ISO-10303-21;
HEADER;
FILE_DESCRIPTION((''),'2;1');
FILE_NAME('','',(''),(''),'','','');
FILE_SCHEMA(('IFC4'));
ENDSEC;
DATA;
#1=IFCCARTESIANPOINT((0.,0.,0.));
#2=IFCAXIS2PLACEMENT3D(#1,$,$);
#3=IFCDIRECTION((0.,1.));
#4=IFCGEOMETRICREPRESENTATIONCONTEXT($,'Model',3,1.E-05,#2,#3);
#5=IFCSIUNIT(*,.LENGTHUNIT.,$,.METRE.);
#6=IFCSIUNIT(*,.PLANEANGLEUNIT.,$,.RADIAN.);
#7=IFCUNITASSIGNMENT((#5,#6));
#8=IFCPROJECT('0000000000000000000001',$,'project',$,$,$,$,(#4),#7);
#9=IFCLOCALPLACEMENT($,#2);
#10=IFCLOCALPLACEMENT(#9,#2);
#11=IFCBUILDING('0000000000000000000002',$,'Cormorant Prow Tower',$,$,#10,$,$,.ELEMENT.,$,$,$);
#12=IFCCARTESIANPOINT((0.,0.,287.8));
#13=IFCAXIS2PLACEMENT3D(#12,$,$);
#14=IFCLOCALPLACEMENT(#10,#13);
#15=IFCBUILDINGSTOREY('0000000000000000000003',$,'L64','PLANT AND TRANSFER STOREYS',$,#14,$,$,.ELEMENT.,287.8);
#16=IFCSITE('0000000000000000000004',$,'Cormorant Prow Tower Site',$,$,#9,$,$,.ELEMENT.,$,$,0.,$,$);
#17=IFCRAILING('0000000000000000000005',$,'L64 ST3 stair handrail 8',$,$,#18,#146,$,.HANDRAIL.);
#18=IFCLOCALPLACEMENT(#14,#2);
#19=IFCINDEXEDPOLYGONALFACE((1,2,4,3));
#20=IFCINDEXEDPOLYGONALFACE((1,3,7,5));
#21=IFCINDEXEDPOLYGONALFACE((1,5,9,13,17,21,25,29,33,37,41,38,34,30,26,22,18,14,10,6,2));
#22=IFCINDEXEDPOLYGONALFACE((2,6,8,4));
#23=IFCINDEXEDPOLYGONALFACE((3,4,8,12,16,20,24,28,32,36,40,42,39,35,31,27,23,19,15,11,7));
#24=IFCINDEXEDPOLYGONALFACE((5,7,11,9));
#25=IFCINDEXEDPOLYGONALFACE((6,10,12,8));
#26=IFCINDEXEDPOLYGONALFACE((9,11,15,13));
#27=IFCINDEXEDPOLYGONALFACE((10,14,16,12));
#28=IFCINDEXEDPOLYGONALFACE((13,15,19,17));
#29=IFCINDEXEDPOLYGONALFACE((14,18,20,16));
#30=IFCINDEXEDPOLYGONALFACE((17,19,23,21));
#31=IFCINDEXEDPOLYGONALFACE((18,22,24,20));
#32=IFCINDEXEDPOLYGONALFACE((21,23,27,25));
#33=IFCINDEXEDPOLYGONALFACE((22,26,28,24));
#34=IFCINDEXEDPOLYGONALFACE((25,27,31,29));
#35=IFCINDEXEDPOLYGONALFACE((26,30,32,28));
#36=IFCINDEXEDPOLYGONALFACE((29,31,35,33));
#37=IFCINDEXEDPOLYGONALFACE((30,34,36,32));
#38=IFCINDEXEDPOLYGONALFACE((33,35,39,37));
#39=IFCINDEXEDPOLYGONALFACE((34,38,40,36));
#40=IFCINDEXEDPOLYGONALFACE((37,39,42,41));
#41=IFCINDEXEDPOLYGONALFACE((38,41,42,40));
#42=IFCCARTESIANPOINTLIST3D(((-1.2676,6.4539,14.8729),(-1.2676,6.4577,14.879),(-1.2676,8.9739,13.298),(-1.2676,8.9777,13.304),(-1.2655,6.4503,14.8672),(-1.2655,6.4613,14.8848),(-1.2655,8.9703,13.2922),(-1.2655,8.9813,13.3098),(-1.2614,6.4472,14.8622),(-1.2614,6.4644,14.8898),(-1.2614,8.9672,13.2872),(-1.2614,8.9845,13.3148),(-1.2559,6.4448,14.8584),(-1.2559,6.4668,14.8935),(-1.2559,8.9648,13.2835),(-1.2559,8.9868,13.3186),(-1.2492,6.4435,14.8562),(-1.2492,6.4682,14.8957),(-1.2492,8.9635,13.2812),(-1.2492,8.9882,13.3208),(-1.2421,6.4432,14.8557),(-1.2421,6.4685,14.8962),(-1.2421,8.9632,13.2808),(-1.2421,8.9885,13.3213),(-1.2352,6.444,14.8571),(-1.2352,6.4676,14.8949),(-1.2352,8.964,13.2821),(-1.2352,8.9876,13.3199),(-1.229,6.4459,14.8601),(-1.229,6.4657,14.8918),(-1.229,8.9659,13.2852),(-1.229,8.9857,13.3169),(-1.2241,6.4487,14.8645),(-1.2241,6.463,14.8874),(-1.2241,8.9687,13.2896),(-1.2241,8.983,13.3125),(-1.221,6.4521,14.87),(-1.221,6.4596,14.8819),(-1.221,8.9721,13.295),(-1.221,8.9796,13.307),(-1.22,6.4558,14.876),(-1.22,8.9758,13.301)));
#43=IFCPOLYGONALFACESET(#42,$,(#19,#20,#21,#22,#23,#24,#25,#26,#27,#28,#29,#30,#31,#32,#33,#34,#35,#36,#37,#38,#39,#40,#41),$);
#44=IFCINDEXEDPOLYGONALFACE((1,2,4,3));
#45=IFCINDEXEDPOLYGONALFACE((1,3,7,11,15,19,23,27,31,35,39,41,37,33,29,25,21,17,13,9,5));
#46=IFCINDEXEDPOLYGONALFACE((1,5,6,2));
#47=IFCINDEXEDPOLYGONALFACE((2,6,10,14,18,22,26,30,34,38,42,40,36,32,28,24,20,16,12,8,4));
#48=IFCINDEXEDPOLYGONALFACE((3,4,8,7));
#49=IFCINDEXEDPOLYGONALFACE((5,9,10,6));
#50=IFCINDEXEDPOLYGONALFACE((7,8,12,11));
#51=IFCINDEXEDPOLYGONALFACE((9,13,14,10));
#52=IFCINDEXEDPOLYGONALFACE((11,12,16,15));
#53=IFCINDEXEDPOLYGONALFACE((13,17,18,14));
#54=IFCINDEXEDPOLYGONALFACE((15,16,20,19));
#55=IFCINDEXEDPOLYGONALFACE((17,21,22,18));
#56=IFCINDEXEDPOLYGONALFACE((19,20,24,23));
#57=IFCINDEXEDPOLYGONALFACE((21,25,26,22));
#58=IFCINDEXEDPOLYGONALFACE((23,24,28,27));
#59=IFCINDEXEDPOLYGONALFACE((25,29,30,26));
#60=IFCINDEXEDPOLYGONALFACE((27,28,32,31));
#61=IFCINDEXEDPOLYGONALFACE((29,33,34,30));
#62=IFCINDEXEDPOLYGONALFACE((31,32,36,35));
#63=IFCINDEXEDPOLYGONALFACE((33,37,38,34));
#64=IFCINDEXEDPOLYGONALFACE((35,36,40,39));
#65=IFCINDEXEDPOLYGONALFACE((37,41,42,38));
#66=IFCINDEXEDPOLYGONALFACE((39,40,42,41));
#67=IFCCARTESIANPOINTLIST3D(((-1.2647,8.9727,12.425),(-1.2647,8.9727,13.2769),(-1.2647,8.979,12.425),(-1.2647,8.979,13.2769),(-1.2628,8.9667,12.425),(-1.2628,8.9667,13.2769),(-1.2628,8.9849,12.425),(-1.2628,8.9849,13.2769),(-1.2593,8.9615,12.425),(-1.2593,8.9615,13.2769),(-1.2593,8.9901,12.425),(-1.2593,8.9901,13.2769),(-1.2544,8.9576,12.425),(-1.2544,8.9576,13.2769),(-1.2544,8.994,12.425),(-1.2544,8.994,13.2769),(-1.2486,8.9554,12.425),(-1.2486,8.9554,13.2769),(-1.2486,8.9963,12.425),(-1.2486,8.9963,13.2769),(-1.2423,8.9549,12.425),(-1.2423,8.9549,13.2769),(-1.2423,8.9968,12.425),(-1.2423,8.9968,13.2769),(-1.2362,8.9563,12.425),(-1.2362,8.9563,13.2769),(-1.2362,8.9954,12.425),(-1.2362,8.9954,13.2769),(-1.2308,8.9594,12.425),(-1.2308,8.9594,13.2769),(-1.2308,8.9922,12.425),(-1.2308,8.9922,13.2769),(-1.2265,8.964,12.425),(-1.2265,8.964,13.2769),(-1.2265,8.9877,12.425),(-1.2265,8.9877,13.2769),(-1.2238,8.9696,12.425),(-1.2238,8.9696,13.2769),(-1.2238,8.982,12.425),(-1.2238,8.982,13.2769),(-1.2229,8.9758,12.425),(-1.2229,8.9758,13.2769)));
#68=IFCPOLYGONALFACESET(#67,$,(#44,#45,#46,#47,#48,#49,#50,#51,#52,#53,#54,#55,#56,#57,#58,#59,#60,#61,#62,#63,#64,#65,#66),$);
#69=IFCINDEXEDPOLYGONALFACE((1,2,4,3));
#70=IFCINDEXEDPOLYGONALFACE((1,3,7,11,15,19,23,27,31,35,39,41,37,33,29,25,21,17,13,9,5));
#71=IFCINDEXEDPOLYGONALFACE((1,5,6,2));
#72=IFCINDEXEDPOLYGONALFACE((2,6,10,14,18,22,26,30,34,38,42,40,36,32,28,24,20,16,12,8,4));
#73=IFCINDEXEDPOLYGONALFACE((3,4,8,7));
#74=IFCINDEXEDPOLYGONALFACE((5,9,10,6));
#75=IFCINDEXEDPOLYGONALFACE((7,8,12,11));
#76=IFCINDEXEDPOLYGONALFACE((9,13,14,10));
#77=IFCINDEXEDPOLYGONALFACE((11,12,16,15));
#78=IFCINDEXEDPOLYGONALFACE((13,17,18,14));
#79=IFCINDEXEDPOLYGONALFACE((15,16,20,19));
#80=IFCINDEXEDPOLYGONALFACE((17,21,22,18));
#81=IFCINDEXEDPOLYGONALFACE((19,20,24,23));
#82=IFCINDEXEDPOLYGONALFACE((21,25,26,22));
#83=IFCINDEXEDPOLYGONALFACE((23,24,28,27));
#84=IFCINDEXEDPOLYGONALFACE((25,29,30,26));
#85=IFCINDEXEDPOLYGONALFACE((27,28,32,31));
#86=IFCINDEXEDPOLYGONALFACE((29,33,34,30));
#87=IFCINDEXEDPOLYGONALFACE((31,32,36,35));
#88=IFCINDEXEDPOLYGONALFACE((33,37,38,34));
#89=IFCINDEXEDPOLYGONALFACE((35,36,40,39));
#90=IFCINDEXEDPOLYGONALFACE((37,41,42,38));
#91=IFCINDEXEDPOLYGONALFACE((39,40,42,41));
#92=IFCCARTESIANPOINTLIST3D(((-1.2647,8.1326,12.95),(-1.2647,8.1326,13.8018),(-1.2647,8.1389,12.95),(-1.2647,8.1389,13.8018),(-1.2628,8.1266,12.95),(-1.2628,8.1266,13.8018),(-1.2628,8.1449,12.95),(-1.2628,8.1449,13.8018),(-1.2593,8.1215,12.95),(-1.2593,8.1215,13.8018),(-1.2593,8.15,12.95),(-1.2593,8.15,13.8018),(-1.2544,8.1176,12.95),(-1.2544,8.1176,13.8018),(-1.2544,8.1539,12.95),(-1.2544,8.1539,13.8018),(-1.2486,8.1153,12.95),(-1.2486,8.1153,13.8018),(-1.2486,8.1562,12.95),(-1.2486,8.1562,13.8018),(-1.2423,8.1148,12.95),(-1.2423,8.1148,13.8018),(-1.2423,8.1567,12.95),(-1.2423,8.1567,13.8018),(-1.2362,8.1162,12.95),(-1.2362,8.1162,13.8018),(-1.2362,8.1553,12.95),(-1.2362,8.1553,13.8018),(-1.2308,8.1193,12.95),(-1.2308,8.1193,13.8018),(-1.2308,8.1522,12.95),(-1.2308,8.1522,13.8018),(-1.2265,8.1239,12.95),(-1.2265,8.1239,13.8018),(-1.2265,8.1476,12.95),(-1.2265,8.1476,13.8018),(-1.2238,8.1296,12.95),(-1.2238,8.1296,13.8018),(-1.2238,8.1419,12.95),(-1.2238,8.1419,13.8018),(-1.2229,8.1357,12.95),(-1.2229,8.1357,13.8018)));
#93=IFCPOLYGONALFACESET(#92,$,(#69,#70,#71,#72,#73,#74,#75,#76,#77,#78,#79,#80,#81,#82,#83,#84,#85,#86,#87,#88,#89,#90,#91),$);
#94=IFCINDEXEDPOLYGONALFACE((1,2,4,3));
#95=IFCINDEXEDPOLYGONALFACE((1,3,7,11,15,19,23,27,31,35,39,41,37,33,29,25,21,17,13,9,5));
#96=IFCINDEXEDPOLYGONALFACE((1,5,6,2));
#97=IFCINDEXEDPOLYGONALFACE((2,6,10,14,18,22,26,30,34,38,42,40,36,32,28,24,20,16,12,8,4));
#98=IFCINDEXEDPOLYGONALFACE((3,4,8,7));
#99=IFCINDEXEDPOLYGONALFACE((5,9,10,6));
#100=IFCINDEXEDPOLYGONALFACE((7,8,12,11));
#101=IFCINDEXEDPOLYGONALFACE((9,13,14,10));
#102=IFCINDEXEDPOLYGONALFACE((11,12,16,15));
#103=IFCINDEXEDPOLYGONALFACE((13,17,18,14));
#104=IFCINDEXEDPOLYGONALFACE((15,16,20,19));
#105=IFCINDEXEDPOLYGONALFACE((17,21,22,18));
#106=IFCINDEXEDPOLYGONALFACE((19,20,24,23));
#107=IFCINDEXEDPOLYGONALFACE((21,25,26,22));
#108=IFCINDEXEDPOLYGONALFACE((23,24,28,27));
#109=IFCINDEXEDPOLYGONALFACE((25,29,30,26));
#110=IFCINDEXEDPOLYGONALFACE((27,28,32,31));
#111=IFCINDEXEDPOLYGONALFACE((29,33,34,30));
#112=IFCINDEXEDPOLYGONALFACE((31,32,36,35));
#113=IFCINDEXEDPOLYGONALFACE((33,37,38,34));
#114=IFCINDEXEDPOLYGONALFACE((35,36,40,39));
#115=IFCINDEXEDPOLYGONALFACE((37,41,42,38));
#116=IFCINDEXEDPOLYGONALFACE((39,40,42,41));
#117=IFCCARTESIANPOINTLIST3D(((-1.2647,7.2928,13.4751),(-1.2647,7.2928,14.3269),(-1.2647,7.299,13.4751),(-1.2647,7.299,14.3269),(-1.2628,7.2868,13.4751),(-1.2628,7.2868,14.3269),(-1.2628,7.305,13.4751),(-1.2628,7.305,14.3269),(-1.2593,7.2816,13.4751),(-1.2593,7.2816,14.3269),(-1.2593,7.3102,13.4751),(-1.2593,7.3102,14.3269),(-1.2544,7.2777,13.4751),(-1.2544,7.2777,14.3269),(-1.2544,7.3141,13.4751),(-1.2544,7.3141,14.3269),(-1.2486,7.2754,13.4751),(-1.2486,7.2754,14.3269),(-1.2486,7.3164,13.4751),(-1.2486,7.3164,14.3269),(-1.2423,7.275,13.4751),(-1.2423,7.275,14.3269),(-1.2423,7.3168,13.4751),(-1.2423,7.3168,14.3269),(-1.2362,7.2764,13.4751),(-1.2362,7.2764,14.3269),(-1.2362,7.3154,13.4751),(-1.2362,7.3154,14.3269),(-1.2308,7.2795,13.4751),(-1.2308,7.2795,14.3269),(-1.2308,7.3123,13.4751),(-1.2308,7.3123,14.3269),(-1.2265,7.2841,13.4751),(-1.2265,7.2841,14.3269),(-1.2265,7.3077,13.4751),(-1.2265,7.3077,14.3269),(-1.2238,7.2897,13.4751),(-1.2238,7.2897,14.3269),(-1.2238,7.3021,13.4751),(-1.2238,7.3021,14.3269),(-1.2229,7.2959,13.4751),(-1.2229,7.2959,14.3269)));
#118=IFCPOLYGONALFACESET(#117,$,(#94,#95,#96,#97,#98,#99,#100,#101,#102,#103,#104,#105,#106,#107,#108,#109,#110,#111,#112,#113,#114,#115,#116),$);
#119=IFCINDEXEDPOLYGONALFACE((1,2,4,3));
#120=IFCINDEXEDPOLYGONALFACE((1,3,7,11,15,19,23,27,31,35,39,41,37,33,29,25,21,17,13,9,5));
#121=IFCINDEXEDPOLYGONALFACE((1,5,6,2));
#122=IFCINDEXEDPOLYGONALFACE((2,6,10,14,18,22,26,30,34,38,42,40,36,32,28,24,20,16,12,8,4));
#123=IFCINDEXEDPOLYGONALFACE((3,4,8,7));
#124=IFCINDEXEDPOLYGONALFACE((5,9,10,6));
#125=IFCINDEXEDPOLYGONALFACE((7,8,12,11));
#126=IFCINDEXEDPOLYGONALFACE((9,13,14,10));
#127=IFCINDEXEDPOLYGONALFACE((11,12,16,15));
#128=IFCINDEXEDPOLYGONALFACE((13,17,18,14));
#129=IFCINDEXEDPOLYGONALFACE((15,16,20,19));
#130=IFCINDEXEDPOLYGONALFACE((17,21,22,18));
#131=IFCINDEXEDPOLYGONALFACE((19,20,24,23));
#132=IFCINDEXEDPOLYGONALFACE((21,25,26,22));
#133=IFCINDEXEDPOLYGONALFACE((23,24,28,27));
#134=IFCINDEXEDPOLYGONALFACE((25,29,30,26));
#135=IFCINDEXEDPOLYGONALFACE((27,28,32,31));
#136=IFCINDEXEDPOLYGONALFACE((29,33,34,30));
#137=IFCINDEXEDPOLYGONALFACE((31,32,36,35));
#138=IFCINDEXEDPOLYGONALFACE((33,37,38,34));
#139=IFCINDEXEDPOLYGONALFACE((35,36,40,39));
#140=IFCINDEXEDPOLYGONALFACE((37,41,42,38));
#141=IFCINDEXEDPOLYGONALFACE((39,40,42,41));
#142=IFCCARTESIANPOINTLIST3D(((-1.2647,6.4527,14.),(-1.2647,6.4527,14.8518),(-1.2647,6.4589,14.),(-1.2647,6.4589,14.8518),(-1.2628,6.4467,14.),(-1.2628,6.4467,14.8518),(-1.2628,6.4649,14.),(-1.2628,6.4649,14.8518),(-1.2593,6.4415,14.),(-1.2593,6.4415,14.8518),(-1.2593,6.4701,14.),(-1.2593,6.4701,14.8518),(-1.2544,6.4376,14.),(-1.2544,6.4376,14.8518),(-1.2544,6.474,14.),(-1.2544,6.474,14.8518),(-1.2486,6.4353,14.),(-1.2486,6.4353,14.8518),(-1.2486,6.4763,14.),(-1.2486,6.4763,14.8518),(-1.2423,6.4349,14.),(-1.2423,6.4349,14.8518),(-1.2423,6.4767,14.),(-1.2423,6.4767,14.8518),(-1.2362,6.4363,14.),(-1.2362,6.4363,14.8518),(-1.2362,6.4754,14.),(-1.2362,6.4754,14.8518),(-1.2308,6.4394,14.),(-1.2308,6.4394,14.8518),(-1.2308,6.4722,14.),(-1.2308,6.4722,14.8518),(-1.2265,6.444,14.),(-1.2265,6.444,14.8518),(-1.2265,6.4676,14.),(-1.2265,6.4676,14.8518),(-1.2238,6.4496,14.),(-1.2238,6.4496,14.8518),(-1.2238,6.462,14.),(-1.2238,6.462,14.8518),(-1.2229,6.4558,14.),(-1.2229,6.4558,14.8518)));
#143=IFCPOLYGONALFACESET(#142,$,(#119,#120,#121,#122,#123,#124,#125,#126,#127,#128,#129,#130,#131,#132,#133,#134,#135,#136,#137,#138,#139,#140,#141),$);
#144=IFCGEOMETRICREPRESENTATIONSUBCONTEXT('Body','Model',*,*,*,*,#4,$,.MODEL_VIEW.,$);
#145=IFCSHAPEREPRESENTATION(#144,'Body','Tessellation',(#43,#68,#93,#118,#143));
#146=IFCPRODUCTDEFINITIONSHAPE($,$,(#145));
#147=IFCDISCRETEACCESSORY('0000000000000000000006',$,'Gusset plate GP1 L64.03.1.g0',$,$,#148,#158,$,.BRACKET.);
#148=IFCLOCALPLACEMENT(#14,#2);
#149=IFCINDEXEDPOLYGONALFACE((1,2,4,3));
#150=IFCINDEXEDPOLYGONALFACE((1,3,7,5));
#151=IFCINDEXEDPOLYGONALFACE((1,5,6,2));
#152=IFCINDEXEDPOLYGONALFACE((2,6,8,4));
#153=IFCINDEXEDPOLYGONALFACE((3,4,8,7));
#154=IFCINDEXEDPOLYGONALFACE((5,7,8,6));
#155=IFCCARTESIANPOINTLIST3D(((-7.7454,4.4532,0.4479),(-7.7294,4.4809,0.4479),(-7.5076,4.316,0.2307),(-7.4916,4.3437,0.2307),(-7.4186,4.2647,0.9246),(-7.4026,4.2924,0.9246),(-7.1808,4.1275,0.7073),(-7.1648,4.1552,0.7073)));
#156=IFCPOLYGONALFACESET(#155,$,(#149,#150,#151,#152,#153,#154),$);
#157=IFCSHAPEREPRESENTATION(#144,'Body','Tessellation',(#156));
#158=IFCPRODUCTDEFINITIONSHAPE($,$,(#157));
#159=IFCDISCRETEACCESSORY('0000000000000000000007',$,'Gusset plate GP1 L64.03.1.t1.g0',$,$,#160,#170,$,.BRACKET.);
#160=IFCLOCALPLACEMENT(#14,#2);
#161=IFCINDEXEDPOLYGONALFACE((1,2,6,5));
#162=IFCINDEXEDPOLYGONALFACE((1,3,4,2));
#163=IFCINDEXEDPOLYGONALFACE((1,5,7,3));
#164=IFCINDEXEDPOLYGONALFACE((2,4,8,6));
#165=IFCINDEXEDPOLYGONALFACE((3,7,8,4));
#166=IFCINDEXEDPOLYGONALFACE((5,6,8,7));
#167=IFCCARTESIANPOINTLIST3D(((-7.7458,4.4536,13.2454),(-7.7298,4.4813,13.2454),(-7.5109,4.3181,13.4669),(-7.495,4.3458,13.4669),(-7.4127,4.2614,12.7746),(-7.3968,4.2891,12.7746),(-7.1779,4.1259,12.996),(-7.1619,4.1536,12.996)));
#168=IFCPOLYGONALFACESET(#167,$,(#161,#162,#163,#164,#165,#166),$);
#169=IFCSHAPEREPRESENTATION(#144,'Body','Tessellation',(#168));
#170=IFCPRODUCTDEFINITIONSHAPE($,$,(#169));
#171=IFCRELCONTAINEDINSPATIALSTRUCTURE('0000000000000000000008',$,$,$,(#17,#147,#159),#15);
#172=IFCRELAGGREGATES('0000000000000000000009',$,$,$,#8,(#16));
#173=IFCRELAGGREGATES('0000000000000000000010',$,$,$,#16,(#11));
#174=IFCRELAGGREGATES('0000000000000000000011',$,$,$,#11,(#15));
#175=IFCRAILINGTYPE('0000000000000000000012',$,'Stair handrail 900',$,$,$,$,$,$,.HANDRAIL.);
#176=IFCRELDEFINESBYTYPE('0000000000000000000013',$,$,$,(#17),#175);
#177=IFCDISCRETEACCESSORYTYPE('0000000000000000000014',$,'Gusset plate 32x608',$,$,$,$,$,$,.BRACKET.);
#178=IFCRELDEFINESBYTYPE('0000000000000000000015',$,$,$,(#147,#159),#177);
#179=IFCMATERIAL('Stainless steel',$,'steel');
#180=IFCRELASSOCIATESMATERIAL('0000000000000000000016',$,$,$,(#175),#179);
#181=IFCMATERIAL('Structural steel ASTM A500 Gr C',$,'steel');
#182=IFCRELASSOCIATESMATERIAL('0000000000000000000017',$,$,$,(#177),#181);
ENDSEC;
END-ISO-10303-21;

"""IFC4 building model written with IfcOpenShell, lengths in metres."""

from ifc_helpers import new_model, si_unit, direction, frame, origin, origin_2d, place, context, subcontext, project, spatial, rectangle, circle, extrude, material, material_profile, profile_set, type_object, element, save


model = new_model("IFC4")

# Units and contexts
model_context = context("Model", 3, precision=1e-05, world=origin(), true_north=direction((0.0, 1.0)))
body_context = subcontext(model_context, "Body", "Model", "MODEL_VIEW")
ifc_project = project(units=[si_unit("LENGTHUNIT", "METRE"), si_unit("PLANEANGLEUNIT", "RADIAN")], contexts=[model_context])

# Site, building, storey
site_placement = place(None, origin())
site = spatial("IfcSite", under=ifc_project, at=site_placement, Name="Cormorant Prow Tower Site", CompositionType="ELEMENT", RefElevation=0.0)
building_placement = place(site_placement, origin())
building = spatial("IfcBuilding", under=site, at=building_placement, Name="Cormorant Prow Tower", CompositionType="ELEMENT")
storey_placement = place(building_placement, frame((0.0, 0.0, 287.8)))
storey = spatial("IfcBuildingStorey", under=building, at=storey_placement, Name="L64", Description="PLANT AND TRANSFER STOREYS", CompositionType="ELEMENT", Elevation=287.8)

# Railing
ifc_material_1 = material(Name="Stainless steel", Category="steel")
railing_type = type_object("IfcRailingType", Name="Stair handrail 900", PredefinedType="HANDRAIL", material=ifc_material_1)
for number, where, name in (
    (1, (-1.2439, 8.9758, 12.425), "L64 ST3 stair handrail 8"),
):
    element("IfcRailing", number, at=place(storey_placement, frame(where)), inside=storey, type_object=railing_type, Name=name, PredefinedType="HANDRAIL", context=body_context, shape_type="SweptSolid", body=[
        extrude(circle(Radius=0.0239, at=origin_2d()), frame((0.0, 0.0, 0.876), z_axis=(0.0, -0.848008, 0.529984), x_axis=(1.0, 0.0, 0.0)), (0.0, 0.0, 1.0), 2.9717),
        extrude(circle(Radius=0.021, at=origin_2d()), origin(), (0.0, 0.0, 1.0), 0.8518),
        extrude(circle(Radius=0.021, at=origin_2d()), frame((0.0, -0.8401, 0.5249)), (0.0, 0.0, 1.0), 0.8518),
        extrude(circle(Radius=0.021, at=origin_2d()), frame((0.0, -1.6799, 1.05)), (0.0, 0.0, 1.0), 0.8518),
        extrude(circle(Radius=0.021, at=origin_2d()), frame((0.0, -2.52, 1.575)), (0.0, 0.0, 1.0), 0.8518),
    ])

# Discrete accessories
ifc_material_2 = material(Name="Structural steel ASTM A500 Gr C", Category="steel")
ifc_material_profile_1 = material_profile(ifc_material_2, rectangle(XDim=0.032, YDim=0.6079, at=origin_2d()), Name="Gusset plate 32x608")
ifc_profile_set_1 = profile_set([ifc_material_profile_1], Name="Structural steel ASTM A500 Gr C")
discrete_accessory_type = type_object("IfcDiscreteAccessoryType", Name="Gusset plate 32x608", PredefinedType="BRACKET", material=ifc_profile_set_1)
for number, where, z_axis, x_axis, name in (
    (2, (-7.574, 4.3728, 0.6863), (0.679175, -0.391886, -0.620602), (0.499774, 0.866156, 0.0), "Gusset plate GP1 L64.03.1.g0"),
    (3, (-7.5713, 4.3713, 13.01), (0.67089, -0.387052, 0.632533), (0.499722, 0.866186, 0.0), "Gusset plate GP1 L64.03.1.t1.g0"),
):
    element("IfcDiscreteAccessory", number, at=place(storey_placement, frame(where, z_axis=z_axis, x_axis=x_axis)), inside=storey, type_object=discrete_accessory_type, Name=name, PredefinedType="BRACKET", context=body_context, shape_type="SweptSolid", body=[
        extrude(rectangle(XDim=0.032, YDim=0.6079, at=origin_2d()), origin(), (0.0, 0.0, 1.0), 0.3501),
    ])

save(model, "model.ifc")
